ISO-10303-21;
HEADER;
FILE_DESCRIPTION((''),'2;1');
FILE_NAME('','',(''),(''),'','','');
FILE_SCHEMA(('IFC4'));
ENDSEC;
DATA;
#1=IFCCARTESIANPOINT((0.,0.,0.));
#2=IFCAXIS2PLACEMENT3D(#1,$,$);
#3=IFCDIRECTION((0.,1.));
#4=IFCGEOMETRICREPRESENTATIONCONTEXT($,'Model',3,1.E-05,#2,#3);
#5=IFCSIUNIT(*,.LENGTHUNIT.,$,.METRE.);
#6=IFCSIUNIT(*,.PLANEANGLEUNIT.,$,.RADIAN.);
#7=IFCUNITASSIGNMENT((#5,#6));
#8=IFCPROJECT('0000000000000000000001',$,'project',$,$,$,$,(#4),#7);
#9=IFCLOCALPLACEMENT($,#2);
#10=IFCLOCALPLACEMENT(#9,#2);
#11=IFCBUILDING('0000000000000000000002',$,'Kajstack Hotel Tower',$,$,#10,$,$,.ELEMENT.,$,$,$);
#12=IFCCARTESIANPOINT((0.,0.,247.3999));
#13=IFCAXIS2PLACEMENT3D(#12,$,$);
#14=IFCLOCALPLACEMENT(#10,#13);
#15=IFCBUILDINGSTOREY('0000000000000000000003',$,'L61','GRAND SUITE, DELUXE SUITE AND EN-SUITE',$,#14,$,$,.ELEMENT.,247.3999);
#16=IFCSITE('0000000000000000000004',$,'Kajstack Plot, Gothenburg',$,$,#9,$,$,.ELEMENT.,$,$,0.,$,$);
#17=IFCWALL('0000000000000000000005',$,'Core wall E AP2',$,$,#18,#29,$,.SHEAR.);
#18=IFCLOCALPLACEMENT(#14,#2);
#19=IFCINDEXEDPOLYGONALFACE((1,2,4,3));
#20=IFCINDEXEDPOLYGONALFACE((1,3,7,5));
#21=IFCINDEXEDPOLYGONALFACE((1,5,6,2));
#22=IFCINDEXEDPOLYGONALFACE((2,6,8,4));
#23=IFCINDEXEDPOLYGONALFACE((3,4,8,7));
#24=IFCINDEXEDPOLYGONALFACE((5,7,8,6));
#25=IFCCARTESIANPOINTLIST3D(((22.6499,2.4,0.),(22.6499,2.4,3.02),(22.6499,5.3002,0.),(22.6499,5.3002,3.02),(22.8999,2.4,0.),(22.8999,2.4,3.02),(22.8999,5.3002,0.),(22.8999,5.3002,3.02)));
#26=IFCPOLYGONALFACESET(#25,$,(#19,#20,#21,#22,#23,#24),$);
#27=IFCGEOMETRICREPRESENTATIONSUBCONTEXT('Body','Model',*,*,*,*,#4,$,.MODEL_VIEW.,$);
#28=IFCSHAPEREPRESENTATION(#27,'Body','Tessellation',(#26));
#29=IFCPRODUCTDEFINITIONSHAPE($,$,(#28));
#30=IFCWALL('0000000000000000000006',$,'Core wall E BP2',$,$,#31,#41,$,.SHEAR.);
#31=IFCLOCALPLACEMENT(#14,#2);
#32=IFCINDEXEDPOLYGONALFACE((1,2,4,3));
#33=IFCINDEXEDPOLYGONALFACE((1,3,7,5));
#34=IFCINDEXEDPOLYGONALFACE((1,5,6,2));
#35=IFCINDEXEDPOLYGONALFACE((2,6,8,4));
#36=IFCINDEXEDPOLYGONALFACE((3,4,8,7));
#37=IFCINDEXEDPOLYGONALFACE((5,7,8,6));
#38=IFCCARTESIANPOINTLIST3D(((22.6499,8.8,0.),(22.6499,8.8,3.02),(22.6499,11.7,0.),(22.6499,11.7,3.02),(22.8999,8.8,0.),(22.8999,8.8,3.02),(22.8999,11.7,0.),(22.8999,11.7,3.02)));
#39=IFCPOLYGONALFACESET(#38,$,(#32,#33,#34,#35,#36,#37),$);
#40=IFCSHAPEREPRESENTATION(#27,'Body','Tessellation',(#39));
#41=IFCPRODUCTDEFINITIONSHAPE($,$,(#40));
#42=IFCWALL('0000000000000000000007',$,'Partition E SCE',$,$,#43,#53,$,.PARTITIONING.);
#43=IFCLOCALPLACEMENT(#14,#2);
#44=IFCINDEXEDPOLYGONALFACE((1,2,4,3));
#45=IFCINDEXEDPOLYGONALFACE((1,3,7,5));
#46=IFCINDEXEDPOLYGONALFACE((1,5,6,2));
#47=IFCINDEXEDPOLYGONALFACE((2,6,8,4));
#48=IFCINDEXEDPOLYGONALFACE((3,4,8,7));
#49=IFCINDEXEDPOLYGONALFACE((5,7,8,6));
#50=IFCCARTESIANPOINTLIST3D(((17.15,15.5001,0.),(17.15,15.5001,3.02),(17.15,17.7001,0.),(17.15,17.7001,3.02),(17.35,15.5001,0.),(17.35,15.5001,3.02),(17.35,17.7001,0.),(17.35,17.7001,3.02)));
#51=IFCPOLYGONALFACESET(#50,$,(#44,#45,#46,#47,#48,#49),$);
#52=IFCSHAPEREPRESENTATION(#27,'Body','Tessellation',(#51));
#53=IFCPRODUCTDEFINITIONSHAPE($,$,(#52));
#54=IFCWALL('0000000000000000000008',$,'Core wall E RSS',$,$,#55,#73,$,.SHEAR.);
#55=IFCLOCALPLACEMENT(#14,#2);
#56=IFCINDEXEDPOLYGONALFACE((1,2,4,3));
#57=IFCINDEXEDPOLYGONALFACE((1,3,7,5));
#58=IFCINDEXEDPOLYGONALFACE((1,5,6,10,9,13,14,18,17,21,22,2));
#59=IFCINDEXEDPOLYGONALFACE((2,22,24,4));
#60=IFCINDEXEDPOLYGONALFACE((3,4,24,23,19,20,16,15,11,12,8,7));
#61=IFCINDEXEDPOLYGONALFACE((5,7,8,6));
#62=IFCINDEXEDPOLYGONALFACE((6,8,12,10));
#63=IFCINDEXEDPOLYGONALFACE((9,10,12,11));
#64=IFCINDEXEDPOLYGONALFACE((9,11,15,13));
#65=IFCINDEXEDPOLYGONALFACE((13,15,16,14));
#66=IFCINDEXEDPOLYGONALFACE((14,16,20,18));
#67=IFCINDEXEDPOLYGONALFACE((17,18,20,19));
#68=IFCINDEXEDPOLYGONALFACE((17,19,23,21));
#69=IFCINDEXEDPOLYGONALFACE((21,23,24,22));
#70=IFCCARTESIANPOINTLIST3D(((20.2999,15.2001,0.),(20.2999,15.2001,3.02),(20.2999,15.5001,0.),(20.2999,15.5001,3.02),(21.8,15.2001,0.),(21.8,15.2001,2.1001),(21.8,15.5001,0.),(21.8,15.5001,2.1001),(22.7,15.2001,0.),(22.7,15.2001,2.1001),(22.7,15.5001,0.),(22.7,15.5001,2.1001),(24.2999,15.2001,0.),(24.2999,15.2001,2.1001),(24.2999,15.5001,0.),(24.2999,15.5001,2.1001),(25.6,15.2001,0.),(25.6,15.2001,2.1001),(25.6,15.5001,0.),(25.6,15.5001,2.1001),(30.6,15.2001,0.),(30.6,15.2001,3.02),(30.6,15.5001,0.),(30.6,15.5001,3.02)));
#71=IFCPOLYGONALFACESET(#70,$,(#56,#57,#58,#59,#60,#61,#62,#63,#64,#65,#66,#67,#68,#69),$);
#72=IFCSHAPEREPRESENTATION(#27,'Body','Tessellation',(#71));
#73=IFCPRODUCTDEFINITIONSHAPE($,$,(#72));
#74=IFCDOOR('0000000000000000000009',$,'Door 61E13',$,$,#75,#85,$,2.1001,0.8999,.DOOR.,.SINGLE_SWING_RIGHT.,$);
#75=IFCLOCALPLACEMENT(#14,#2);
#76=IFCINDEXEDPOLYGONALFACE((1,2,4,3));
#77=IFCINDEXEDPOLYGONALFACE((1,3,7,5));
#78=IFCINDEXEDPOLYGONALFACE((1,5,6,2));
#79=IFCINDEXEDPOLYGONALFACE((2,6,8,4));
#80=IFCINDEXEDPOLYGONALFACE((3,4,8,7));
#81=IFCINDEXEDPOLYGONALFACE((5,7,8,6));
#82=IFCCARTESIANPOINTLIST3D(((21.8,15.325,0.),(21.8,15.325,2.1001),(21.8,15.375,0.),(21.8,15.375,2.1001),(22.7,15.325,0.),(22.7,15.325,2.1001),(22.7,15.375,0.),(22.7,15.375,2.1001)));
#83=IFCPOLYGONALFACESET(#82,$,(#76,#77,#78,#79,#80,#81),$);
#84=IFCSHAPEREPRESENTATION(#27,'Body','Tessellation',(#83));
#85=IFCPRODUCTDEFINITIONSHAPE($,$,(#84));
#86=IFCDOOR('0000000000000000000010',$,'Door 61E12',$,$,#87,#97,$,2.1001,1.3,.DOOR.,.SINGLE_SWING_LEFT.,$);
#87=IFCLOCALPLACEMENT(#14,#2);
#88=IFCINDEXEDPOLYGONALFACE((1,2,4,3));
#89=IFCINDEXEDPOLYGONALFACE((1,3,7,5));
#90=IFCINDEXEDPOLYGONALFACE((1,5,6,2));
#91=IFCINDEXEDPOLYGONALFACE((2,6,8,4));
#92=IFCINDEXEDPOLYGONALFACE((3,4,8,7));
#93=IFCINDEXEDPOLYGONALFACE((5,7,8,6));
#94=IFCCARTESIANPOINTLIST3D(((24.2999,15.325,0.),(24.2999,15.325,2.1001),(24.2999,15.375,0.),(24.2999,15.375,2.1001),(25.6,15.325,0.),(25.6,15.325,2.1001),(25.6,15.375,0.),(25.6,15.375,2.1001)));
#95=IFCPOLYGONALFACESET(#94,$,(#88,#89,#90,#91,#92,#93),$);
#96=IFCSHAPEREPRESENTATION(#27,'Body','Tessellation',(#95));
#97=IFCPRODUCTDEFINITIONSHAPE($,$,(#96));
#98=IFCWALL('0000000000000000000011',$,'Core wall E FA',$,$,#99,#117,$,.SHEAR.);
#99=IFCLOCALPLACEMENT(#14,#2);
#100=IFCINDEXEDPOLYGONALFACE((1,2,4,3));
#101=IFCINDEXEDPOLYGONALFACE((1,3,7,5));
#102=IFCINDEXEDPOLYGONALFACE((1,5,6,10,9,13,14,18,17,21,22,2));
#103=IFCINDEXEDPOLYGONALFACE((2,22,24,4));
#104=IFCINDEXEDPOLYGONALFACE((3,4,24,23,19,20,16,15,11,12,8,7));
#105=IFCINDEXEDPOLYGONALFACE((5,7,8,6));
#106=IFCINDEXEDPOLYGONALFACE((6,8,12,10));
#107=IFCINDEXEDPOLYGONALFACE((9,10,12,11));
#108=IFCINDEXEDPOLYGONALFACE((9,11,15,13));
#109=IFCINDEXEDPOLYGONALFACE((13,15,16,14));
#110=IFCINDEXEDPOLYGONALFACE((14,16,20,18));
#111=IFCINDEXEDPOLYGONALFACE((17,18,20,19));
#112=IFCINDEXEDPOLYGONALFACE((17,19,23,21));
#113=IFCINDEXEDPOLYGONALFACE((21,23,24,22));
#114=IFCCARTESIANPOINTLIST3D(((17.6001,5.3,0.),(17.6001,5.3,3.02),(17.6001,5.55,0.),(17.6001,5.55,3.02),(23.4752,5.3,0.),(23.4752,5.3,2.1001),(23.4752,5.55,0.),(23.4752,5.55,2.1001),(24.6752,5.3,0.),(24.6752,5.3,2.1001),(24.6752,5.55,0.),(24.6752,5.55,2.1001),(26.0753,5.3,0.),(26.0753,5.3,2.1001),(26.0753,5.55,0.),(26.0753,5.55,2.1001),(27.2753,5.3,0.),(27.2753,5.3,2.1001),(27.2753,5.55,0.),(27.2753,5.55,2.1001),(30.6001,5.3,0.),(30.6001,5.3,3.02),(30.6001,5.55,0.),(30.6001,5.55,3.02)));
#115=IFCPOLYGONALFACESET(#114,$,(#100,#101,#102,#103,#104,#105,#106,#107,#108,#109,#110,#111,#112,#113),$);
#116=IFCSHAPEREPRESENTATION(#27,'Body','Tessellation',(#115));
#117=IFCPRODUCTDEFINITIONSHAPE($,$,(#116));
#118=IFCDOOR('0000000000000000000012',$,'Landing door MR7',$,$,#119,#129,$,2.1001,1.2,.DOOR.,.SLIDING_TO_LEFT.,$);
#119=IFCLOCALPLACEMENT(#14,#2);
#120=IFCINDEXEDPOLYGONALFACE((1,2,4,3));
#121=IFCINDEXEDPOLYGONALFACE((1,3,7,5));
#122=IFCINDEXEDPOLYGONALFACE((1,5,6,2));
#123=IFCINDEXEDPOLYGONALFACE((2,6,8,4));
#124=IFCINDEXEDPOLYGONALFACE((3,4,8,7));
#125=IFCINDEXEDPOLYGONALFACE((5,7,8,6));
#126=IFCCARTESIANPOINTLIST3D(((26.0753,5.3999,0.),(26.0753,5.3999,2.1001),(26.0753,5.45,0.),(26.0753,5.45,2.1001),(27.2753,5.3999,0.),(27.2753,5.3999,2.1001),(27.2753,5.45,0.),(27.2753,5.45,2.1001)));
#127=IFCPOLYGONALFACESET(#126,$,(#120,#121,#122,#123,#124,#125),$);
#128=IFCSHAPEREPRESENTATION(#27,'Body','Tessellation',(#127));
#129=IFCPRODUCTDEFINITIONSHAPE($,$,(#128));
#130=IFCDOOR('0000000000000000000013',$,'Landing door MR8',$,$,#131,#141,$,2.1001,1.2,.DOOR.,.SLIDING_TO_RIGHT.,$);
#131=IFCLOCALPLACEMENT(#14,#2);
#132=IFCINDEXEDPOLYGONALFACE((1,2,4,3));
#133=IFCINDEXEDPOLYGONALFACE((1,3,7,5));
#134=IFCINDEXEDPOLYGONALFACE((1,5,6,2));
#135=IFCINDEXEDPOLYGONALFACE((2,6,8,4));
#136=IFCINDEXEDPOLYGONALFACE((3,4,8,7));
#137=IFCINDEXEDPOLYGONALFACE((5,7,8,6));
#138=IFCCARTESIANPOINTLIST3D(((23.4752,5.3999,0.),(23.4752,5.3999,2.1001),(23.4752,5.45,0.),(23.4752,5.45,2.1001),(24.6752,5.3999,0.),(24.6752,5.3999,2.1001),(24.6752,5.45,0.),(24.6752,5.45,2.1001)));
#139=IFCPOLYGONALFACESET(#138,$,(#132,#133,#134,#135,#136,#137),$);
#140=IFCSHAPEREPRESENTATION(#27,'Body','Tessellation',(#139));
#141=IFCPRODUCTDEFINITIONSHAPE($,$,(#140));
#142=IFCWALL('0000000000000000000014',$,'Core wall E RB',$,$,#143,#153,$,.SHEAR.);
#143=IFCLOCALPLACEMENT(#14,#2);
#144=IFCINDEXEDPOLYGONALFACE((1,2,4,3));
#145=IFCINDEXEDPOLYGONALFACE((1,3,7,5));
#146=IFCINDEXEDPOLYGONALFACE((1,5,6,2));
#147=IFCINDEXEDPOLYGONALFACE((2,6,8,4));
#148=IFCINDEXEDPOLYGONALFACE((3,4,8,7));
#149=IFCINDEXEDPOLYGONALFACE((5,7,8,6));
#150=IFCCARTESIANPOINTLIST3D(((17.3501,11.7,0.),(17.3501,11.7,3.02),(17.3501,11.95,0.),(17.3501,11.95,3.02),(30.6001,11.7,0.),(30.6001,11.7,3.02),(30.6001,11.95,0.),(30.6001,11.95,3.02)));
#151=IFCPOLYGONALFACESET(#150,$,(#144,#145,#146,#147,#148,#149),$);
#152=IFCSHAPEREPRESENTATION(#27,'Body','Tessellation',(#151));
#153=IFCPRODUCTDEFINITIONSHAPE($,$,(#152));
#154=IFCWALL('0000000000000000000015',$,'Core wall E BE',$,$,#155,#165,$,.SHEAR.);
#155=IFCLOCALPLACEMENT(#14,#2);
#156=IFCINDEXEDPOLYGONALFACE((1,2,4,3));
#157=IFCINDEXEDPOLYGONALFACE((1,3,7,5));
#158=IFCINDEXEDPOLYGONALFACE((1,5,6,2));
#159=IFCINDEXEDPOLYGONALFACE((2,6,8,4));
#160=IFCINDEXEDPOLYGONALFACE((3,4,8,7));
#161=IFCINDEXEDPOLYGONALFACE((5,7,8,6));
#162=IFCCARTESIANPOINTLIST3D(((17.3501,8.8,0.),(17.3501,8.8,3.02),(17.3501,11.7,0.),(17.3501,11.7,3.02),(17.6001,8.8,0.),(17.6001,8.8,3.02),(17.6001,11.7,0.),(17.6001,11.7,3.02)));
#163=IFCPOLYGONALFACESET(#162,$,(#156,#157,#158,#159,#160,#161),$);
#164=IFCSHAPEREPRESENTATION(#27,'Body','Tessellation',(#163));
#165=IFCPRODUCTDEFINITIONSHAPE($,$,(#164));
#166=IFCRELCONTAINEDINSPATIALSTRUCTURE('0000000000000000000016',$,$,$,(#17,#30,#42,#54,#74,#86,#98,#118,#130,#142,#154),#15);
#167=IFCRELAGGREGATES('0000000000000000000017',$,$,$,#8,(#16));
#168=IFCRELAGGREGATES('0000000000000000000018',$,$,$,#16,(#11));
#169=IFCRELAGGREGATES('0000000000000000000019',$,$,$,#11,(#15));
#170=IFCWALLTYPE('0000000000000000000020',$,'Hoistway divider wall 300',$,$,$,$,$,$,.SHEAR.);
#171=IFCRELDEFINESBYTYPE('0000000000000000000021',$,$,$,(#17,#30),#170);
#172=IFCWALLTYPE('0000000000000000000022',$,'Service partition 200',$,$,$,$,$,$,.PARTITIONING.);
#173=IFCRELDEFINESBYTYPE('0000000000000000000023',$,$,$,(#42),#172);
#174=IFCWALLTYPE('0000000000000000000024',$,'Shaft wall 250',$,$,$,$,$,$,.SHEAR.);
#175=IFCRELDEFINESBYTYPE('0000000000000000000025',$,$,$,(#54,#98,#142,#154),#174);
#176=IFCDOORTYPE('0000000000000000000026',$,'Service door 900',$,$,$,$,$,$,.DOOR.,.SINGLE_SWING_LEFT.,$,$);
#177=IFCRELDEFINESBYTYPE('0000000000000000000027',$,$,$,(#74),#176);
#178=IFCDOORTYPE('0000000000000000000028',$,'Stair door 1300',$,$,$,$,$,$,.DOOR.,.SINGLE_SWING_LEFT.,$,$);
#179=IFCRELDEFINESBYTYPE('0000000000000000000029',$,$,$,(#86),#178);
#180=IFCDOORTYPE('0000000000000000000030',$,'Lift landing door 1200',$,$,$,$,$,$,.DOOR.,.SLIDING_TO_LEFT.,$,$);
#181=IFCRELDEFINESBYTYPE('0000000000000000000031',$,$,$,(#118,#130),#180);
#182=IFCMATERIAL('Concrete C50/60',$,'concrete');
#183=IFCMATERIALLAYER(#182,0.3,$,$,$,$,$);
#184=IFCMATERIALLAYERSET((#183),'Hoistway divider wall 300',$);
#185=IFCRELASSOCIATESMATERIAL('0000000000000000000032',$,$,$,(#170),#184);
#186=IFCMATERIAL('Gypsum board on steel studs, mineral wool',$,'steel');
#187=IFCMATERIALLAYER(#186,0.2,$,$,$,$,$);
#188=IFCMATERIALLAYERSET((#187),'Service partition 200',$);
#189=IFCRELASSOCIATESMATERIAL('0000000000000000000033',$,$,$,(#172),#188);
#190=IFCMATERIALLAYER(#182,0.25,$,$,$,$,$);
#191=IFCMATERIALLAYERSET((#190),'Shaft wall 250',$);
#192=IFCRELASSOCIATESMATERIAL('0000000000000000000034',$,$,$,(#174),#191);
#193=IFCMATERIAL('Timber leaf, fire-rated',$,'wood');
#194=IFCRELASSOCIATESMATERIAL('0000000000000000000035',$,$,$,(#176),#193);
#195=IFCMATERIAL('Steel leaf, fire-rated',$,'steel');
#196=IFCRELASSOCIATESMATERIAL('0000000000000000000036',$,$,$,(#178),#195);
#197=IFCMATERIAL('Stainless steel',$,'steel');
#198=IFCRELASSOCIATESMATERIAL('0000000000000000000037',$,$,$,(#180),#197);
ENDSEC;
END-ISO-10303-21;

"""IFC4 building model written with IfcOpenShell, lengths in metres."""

from ifc_helpers import new_model, si_unit, direction, frame, frame_2d, origin, place, context, subcontext, project, spatial, rectangle, extrude, material, layer, layer_set, type_object, element, fill, save


model = new_model("IFC4")

# Units and contexts
model_context = context("Model", 3, precision=1e-05, world=origin(), true_north=direction((0.0, 1.0)))
body_context = subcontext(model_context, "Body", "Model", "MODEL_VIEW")
ifc_project = project(units=[si_unit("LENGTHUNIT", "METRE"), si_unit("PLANEANGLEUNIT", "RADIAN")], contexts=[model_context])

# Site, building, storey
site_placement = place(None, origin())
site = spatial("IfcSite", under=ifc_project, at=site_placement, Name="Kajstack Plot, Gothenburg", CompositionType="ELEMENT", RefElevation=0.0)
building_placement = place(site_placement, origin())
building = spatial("IfcBuilding", under=site, at=building_placement, Name="Kajstack Hotel Tower", CompositionType="ELEMENT")
storey_placement = place(building_placement, frame((0.0, 0.0, 247.3999)))
storey = spatial("IfcBuildingStorey", under=building, at=storey_placement, Name="L61", Description="GRAND SUITE, DELUXE SUITE AND EN-SUITE", CompositionType="ELEMENT", Elevation=247.3999)

# Walls
ifc_material_1 = material(Name="Concrete C50/60", Category="concrete")
ifc_layer_1 = layer(ifc_material_1, 0.3)
ifc_layer_set_1 = layer_set([ifc_layer_1], Name="Hoistway divider wall 300")
wall_type_1 = type_object("IfcWallType", Name="Hoistway divider wall 300", PredefinedType="SHEAR", material=ifc_layer_set_1)
wall_1_placement = place(storey_placement, frame((22.7749, 2.3999, 0.0), z_axis=(0.0, 0.0, 1.0), x_axis=(0.0, 1.0, 0.0)))
element("IfcWall", 1, at=wall_1_placement, inside=storey, type_object=wall_type_1, Name="Core wall E AP2", PredefinedType="SHEAR", context=body_context, shape_type="SweptSolid", body=[
    extrude(rectangle(XDim=2.9001, YDim=0.25, at=frame_2d((1.4502, 0.0))), origin(), (0.0, 0.0, 1.0), 3.02),
])
wall_2_placement = place(storey_placement, frame((22.7749, 8.8, 0.0), z_axis=(0.0, 0.0, 1.0), x_axis=(0.0, 1.0, 0.0)))
element("IfcWall", 2, at=wall_2_placement, inside=storey, type_object=wall_type_1, Name="Core wall E BP2", PredefinedType="SHEAR", context=body_context, shape_type="SweptSolid", body=[
    extrude(rectangle(XDim=2.8999, YDim=0.25, at=frame_2d((1.45, 0.0))), origin(), (0.0, 0.0, 1.0), 3.02),
])
ifc_material_2 = material(Name="Gypsum board on steel studs, mineral wool", Category="steel")
ifc_layer_2 = layer(ifc_material_2, 0.2)
ifc_layer_set_2 = layer_set([ifc_layer_2], Name="Service partition 200")
wall_type_2 = type_object("IfcWallType", Name="Service partition 200", PredefinedType="PARTITIONING", material=ifc_layer_set_2)
wall_3_placement = place(storey_placement, frame((17.25, 15.5, 0.0), z_axis=(0.0, 0.0, 1.0), x_axis=(0.0, 1.0, 0.0)))
element("IfcWall", 3, at=wall_3_placement, inside=storey, type_object=wall_type_2, Name="Partition E SCE", PredefinedType="PARTITIONING", context=body_context, shape_type="SweptSolid", body=[
    extrude(rectangle(XDim=2.2, YDim=0.2, at=frame_2d((1.1001, 0.0))), origin(), (0.0, 0.0, 1.0), 3.02),
])

# Walls, openings, doors
ifc_layer_3 = layer(ifc_material_1, 0.25)
ifc_layer_set_3 = layer_set([ifc_layer_3], Name="Shaft wall 250")
wall_type_3 = type_object("IfcWallType", Name="Shaft wall 250", PredefinedType="SHEAR", material=ifc_layer_set_3)
wall_4_placement = place(storey_placement, frame((20.3, 15.3501, 0.0), z_axis=(0.0, 0.0, 1.0), x_axis=(1.0, 0.0, 0.0)))
wall_4 = element("IfcWall", 4, at=wall_4_placement, inside=storey, type_object=wall_type_3, Name="Core wall E RSS", PredefinedType="SHEAR", context=body_context, shape_type="SweptSolid", body=[
    extrude(rectangle(XDim=10.3, YDim=0.3, at=frame_2d((5.1499, 0.0))), origin(), (0.0, 0.0, 1.0), 3.02),
])
opening_1_placement = place(wall_4_placement, frame((4.0, 0.0, 0.0)))
opening_1 = element("IfcOpeningElement", 5, at=opening_1_placement, cuts=wall_4, PredefinedType="OPENING", context=body_context, shape_type="SweptSolid", body=[
    extrude(rectangle(XDim=1.3, YDim=2.1001, at=frame_2d((0.6499, 1.05))), frame((0.0, 0.1599, 0.0), z_axis=(0.0, -1.0, 0.0), x_axis=(1.0, 0.0, 0.0)), (0.0, 0.0, 1.0), 0.3201),
])
opening_2_placement = place(wall_4_placement, frame((1.5, 0.0, 0.0)))
opening_2 = element("IfcOpeningElement", 6, at=opening_2_placement, cuts=wall_4, PredefinedType="OPENING", context=body_context, shape_type="SweptSolid", body=[
    extrude(rectangle(XDim=0.8999, YDim=2.1001, at=frame_2d((0.45, 1.05))), frame((0.0, 0.1599, 0.0), z_axis=(0.0, -1.0, 0.0), x_axis=(1.0, 0.0, 0.0)), (0.0, 0.0, 1.0), 0.3201),
])
ifc_material_3 = material(Name="Timber leaf, fire-rated", Category="wood")
door_type_1 = type_object("IfcDoorType", Name="Service door 900", OperationType="SINGLE_SWING_LEFT", PredefinedType="DOOR", material=ifc_material_3)
door_1_placement = place(opening_2_placement, origin())
door_1 = element("IfcDoor", 7, at=door_1_placement, inside=storey, type_object=door_type_1, Name="Door 61E13", OperationType="SINGLE_SWING_RIGHT", OverallHeight=2.1001, OverallWidth=0.8999, PredefinedType="DOOR", context=body_context, shape_type="SweptSolid", body=[
    extrude(rectangle(XDim=0.8999, YDim=2.1001, at=frame_2d((0.45, 1.05))), frame((0.0, 0.0249, 0.0), z_axis=(0.0, -1.0, 0.0), x_axis=(1.0, 0.0, 0.0)), (0.0, 0.0, 1.0), 0.05),
])
fill(opening_2, door_1)
ifc_material_4 = material(Name="Steel leaf, fire-rated", Category="steel")
door_type_2 = type_object("IfcDoorType", Name="Stair door 1300", OperationType="SINGLE_SWING_LEFT", PredefinedType="DOOR", material=ifc_material_4)
door_2_placement = place(opening_1_placement, origin())
door_2 = element("IfcDoor", 8, at=door_2_placement, inside=storey, type_object=door_type_2, Name="Door 61E12", OperationType="SINGLE_SWING_LEFT", OverallHeight=2.1001, OverallWidth=1.3, PredefinedType="DOOR", context=body_context, shape_type="SweptSolid", body=[
    extrude(rectangle(XDim=1.3, YDim=2.1001, at=frame_2d((0.6499, 1.05))), frame((0.0, 0.0249, 0.0), z_axis=(0.0, -1.0, 0.0), x_axis=(1.0, 0.0, 0.0)), (0.0, 0.0, 1.0), 0.05),
])
fill(opening_1, door_2)
wall_5_placement = place(storey_placement, frame((17.6001, 5.425, 0.0), z_axis=(0.0, 0.0, 1.0), x_axis=(1.0, 0.0, 0.0)))
wall_5 = element("IfcWall", 9, at=wall_5_placement, inside=storey, type_object=wall_type_3, Name="Core wall E FA", PredefinedType="SHEAR", context=body_context, shape_type="SweptSolid", body=[
    extrude(rectangle(XDim=13.0, YDim=0.25, at=frame_2d((6.5, 0.0))), origin(), (0.0, 0.0, 1.0), 3.02),
])
opening_3_placement = place(wall_5_placement, frame((8.4751, 0.0, 0.0)))
opening_3 = element("IfcOpeningElement", 10, at=opening_3_placement, cuts=wall_5, PredefinedType="OPENING", context=body_context, shape_type="SweptSolid", body=[
    extrude(rectangle(XDim=1.2, YDim=2.1001, at=frame_2d((0.6001, 1.05))), frame((0.0, 0.135, 0.0), z_axis=(0.0, -1.0, 0.0), x_axis=(1.0, 0.0, 0.0)), (0.0, 0.0, 1.0), 0.27),
])
opening_4_placement = place(wall_5_placement, frame((5.875, 0.0, 0.0)))
opening_4 = element("IfcOpeningElement", 11, at=opening_4_placement, cuts=wall_5, PredefinedType="OPENING", context=body_context, shape_type="SweptSolid", body=[
    extrude(rectangle(XDim=1.2, YDim=2.1001, at=frame_2d((0.6001, 1.05))), frame((0.0, 0.135, 0.0), z_axis=(0.0, -1.0, 0.0), x_axis=(1.0, 0.0, 0.0)), (0.0, 0.0, 1.0), 0.27),
])
ifc_material_5 = material(Name="Stainless steel", Category="steel")
door_type_3 = type_object("IfcDoorType", Name="Lift landing door 1200", OperationType="SLIDING_TO_LEFT", PredefinedType="DOOR", material=ifc_material_5)
door_3_placement = place(opening_3_placement, origin())
door_3 = element("IfcDoor", 12, at=door_3_placement, inside=storey, type_object=door_type_3, Name="Landing door MR7", OperationType="SLIDING_TO_LEFT", OverallHeight=2.1001, OverallWidth=1.2, PredefinedType="DOOR", context=body_context, shape_type="SweptSolid", body=[
    extrude(rectangle(XDim=1.2, YDim=2.1001, at=frame_2d((0.6001, 1.05))), frame((0.0, 0.0249, 0.0), z_axis=(0.0, -1.0, 0.0), x_axis=(1.0, 0.0, 0.0)), (0.0, 0.0, 1.0), 0.05),
])
fill(opening_3, door_3)
door_4_placement = place(opening_4_placement, origin())
door_4 = element("IfcDoor", 13, at=door_4_placement, inside=storey, type_object=door_type_3, Name="Landing door MR8", OperationType="SLIDING_TO_RIGHT", OverallHeight=2.1001, OverallWidth=1.2, PredefinedType="DOOR", context=body_context, shape_type="SweptSolid", body=[
    extrude(rectangle(XDim=1.2, YDim=2.1001, at=frame_2d((0.6001, 1.05))), frame((0.0, 0.0249, 0.0), z_axis=(0.0, -1.0, 0.0), x_axis=(1.0, 0.0, 0.0)), (0.0, 0.0, 1.0), 0.05),
])
fill(opening_4, door_4)

# Walls
wall_6_placement = place(storey_placement, frame((17.3501, 11.825, 0.0), z_axis=(0.0, 0.0, 1.0), x_axis=(1.0, 0.0, 0.0)))
element("IfcWall", 14, at=wall_6_placement, inside=storey, type_object=wall_type_3, Name="Core wall E RB", PredefinedType="SHEAR", context=body_context, shape_type="SweptSolid", body=[
    extrude(rectangle(XDim=13.25, YDim=0.25, at=frame_2d((6.625, 0.0))), origin(), (0.0, 0.0, 1.0), 3.02),
])
wall_7_placement = place(storey_placement, frame((17.4751, 8.8, 0.0), z_axis=(0.0, 0.0, 1.0), x_axis=(0.0, 1.0, 0.0)))
element("IfcWall", 15, at=wall_7_placement, inside=storey, type_object=wall_type_3, Name="Core wall E BE", PredefinedType="SHEAR", context=body_context, shape_type="SweptSolid", body=[
    extrude(rectangle(XDim=2.8999, YDim=0.25, at=frame_2d((1.45, 0.0))), origin(), (0.0, 0.0, 1.0), 3.02),
])

save(model, "model.ifc")
